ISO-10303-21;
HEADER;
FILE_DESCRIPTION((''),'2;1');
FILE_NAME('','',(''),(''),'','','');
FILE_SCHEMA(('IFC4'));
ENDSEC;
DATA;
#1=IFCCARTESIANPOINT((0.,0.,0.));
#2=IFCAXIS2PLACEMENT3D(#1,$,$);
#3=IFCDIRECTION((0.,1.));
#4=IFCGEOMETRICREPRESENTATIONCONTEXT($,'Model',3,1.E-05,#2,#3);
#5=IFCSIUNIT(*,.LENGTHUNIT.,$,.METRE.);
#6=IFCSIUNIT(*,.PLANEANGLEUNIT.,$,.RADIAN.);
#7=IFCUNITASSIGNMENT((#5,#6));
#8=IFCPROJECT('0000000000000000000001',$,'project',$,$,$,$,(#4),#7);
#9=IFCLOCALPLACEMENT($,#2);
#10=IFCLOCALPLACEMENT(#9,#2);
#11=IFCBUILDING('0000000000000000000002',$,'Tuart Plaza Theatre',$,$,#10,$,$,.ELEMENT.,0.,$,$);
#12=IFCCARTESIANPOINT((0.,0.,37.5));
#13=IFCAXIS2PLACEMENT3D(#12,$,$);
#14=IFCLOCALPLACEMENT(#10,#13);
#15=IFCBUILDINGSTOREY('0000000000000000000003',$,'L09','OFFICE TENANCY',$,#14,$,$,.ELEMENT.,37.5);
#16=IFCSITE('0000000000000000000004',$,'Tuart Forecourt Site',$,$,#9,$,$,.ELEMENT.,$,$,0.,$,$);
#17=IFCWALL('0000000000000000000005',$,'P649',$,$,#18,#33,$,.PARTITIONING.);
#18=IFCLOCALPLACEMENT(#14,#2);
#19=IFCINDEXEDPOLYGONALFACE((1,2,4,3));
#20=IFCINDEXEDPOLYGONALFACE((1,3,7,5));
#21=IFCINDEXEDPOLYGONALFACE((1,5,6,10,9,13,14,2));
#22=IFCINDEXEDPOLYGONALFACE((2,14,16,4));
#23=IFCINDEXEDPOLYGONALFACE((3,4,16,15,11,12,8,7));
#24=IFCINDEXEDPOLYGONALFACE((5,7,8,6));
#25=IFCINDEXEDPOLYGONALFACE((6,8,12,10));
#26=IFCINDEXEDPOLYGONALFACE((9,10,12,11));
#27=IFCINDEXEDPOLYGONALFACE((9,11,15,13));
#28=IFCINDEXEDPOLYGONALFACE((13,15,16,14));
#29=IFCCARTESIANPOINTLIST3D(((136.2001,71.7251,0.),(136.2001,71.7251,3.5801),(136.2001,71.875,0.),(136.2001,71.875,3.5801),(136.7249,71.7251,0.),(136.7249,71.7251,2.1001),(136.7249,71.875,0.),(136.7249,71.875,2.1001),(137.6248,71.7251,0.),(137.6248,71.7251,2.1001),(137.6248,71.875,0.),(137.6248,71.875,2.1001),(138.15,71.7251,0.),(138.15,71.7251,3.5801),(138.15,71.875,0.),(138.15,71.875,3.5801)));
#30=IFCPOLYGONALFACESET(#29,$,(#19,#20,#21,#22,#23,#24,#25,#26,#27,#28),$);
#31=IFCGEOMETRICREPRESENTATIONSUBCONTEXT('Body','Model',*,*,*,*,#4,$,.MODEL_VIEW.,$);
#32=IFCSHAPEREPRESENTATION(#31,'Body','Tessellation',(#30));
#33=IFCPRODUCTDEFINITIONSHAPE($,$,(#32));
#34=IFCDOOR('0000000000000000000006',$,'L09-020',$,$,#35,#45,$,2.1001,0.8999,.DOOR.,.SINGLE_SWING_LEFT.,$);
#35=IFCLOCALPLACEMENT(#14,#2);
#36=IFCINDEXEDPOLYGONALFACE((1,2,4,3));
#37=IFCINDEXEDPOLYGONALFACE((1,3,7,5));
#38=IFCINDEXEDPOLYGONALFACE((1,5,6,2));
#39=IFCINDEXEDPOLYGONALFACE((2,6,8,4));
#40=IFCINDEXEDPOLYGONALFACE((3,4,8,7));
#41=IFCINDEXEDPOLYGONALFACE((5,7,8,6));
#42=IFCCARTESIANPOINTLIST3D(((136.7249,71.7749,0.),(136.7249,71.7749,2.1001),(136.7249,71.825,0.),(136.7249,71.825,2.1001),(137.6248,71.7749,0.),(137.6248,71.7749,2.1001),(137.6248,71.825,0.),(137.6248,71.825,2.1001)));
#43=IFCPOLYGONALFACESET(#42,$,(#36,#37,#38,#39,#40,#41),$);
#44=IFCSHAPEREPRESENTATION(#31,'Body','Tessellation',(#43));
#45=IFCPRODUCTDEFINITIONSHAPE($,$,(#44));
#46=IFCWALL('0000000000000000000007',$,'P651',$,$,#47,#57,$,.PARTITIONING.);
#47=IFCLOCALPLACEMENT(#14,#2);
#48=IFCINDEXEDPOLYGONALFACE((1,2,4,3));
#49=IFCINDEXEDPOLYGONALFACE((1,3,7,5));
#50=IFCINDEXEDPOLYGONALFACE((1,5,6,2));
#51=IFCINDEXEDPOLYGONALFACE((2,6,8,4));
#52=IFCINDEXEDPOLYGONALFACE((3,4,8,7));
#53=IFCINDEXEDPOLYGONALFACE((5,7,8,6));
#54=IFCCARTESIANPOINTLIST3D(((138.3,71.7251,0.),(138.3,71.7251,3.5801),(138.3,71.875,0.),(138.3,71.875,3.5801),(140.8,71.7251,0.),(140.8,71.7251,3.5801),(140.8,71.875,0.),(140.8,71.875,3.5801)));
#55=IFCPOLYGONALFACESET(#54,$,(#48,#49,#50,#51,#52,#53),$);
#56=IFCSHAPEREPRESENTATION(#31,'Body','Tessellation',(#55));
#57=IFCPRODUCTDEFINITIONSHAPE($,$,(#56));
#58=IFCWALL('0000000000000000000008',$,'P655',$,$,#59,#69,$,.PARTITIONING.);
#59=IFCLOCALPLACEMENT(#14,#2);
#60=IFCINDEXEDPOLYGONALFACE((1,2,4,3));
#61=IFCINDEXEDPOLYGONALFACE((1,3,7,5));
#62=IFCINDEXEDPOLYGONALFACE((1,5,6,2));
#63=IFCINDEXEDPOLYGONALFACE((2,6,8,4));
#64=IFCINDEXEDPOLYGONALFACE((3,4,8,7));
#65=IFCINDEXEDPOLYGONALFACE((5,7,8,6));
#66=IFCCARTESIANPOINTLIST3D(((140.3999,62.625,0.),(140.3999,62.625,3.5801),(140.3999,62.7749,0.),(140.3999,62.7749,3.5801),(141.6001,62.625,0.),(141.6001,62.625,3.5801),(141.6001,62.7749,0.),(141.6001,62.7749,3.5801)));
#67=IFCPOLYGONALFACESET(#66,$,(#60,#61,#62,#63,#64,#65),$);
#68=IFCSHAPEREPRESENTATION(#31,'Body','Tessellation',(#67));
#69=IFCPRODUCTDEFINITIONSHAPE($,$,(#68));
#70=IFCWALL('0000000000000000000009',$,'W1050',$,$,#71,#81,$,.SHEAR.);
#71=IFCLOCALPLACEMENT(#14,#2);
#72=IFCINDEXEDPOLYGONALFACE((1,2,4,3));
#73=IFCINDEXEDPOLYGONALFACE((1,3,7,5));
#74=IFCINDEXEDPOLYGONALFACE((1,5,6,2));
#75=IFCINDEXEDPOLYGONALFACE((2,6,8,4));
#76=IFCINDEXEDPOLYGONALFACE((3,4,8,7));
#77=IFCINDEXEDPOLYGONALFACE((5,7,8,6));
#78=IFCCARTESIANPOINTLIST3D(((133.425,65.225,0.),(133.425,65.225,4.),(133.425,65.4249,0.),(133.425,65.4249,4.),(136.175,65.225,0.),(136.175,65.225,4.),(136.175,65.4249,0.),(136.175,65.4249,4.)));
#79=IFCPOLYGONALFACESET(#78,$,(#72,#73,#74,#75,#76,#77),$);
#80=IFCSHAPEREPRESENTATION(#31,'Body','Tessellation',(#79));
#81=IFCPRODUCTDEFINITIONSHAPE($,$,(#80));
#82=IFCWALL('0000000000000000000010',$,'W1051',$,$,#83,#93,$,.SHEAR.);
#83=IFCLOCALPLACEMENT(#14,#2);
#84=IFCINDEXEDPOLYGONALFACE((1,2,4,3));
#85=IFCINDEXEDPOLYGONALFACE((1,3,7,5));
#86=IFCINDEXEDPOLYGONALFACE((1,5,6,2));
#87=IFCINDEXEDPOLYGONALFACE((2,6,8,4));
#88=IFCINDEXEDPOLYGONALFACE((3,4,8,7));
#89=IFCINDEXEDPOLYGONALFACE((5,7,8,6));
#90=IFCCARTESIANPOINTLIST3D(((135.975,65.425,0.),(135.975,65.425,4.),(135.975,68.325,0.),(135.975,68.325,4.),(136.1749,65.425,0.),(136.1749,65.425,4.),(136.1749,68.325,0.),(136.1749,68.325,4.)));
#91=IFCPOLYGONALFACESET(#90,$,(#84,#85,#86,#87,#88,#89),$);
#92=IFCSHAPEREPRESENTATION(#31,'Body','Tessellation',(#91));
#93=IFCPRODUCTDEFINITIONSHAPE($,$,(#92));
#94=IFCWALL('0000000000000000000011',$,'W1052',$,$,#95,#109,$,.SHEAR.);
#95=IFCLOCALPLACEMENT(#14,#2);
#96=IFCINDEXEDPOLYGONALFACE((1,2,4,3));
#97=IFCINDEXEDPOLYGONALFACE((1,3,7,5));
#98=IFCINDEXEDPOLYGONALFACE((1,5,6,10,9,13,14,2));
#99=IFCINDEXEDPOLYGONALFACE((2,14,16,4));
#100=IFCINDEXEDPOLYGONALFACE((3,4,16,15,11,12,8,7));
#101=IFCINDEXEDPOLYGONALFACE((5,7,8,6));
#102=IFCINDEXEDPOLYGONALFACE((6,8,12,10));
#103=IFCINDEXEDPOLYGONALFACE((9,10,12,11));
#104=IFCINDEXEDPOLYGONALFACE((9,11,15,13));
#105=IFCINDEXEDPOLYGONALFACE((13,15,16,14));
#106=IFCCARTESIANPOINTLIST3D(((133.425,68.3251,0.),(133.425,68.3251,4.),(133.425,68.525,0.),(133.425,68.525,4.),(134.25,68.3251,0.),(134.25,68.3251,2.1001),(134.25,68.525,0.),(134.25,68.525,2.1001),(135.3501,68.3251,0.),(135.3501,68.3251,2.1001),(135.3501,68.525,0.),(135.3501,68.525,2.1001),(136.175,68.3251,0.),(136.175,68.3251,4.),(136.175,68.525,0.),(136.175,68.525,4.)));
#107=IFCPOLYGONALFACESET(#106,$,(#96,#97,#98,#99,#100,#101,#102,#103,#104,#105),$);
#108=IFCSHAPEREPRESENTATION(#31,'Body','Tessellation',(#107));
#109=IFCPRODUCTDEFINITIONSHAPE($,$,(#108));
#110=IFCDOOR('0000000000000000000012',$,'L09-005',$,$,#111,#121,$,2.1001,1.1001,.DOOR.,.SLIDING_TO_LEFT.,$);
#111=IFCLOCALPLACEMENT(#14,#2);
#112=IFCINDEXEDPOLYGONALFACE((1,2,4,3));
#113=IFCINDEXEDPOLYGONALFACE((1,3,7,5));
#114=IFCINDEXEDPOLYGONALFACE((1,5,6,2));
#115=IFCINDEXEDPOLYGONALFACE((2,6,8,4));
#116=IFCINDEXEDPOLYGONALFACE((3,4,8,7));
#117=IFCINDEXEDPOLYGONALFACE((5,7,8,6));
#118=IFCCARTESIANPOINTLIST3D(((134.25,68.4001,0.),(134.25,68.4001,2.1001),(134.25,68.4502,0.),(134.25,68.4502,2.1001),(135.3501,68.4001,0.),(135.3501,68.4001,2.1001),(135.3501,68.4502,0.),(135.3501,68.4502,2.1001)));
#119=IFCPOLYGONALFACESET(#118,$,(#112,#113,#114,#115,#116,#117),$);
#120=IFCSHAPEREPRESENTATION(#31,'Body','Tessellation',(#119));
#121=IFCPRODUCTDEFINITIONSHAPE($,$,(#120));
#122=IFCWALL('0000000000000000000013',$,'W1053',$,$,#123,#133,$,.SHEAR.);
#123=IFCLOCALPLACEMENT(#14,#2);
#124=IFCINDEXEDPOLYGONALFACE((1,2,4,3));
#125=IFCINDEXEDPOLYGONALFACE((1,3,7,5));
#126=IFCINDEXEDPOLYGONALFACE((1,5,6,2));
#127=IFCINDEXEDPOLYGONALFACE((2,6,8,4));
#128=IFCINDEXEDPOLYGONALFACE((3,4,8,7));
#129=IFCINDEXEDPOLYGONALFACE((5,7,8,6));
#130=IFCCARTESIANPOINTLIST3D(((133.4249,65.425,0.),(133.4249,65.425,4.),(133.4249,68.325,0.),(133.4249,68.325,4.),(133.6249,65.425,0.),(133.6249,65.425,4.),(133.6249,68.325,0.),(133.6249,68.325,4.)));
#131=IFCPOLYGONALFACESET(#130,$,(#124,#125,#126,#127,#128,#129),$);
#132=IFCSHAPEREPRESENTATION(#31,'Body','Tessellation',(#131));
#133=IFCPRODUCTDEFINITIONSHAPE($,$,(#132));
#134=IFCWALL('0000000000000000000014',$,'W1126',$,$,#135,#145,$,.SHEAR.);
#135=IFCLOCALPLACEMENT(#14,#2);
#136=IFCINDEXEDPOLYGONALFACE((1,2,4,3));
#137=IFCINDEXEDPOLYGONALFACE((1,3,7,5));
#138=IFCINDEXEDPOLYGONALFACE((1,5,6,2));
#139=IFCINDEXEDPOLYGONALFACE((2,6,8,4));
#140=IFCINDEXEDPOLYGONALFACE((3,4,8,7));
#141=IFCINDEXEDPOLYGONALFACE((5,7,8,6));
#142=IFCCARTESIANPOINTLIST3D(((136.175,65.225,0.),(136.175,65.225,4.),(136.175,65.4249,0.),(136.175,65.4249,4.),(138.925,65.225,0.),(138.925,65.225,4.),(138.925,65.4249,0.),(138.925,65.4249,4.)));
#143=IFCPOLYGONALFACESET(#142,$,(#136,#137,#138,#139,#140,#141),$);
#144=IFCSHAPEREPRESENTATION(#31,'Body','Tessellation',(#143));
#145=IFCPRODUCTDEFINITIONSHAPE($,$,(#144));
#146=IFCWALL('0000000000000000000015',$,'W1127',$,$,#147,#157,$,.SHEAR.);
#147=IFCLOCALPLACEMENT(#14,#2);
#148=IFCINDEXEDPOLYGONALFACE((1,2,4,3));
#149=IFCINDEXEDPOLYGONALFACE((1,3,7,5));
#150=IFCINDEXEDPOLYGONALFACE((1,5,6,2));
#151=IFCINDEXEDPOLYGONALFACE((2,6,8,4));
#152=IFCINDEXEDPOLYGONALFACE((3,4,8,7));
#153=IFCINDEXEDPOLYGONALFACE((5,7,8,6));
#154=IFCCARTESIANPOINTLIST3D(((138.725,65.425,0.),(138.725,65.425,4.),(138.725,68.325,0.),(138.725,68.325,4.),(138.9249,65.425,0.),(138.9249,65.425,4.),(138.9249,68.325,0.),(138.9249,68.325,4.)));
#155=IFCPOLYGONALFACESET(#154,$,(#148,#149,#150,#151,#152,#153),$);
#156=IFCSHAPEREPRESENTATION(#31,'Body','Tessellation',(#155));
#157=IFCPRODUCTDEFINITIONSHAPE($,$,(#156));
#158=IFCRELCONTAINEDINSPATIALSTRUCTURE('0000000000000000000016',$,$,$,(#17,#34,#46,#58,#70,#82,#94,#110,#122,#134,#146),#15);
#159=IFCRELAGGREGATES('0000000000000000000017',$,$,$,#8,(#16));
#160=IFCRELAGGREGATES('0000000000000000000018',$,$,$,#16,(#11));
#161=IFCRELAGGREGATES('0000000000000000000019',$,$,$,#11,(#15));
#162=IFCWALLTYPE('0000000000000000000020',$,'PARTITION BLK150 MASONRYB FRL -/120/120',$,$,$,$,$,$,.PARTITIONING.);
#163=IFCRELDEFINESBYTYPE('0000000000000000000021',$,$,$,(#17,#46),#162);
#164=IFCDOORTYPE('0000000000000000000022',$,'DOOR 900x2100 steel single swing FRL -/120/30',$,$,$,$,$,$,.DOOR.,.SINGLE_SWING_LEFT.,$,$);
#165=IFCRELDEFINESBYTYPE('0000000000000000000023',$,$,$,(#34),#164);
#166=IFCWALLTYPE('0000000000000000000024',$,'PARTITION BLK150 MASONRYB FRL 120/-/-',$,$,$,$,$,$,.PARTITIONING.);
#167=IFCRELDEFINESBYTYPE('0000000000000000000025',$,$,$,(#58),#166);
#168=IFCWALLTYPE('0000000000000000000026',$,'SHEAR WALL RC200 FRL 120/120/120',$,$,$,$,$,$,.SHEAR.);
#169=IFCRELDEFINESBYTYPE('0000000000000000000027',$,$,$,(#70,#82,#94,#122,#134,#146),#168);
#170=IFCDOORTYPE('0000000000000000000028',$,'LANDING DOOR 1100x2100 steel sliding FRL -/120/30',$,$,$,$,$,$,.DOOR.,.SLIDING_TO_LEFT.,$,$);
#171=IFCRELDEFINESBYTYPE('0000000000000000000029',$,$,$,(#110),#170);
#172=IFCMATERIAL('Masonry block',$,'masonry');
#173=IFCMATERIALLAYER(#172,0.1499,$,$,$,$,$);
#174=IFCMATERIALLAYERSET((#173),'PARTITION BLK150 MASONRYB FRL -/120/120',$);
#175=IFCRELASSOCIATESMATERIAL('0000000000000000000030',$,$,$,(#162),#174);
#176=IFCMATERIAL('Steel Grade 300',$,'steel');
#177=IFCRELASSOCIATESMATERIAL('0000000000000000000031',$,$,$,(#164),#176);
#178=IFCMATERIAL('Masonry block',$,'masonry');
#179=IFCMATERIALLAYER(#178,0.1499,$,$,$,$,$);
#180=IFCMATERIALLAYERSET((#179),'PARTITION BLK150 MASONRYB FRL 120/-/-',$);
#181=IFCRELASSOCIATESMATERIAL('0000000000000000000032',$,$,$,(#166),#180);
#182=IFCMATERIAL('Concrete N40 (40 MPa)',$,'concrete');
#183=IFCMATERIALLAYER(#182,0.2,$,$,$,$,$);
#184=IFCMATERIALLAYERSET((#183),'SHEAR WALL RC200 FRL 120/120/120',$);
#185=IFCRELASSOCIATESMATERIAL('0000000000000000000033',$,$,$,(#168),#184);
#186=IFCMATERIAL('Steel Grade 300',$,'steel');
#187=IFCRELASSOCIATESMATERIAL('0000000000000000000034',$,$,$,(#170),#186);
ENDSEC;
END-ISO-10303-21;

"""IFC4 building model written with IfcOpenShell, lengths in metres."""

from ifc_helpers import new_model, si_unit, direction, frame, frame_2d, origin, place, context, subcontext, project, spatial, rectangle, extrude, material, layer, layer_set, type_object, element, fill, save


model = new_model("IFC4")

# Units and contexts
model_context = context("Model", 3, precision=1e-05, world=origin(), true_north=direction((0.0, 1.0)))
body_context = subcontext(model_context, "Body", "Model", "MODEL_VIEW")
ifc_project = project(units=[si_unit("LENGTHUNIT", "METRE"), si_unit("PLANEANGLEUNIT", "RADIAN")], contexts=[model_context])

# Site, building, storey
site_placement = place(None, origin())
site = spatial("IfcSite", under=ifc_project, at=site_placement, Name="Tuart Forecourt Site", CompositionType="ELEMENT", RefElevation=0.0)
building_placement = place(site_placement, origin())
building = spatial("IfcBuilding", under=site, at=building_placement, Name="Tuart Plaza Theatre", CompositionType="ELEMENT", ElevationOfRefHeight=0.0)
storey_placement = place(building_placement, frame((0.0, 0.0, 37.5)))
storey = spatial("IfcBuildingStorey", under=building, at=storey_placement, Name="L09", Description="OFFICE TENANCY", CompositionType="ELEMENT", Elevation=37.5)

# Shared definitions
ifc_material_1 = material(Name="Masonry block", Category="masonry")
ifc_layer_1 = layer(ifc_material_1, 0.1499)
ifc_layer_set_1 = layer_set([ifc_layer_1], Name="PARTITION BLK150 MASONRYB FRL -/120/120")
wall_type_1 = type_object("IfcWallType", Name="PARTITION BLK150 MASONRYB FRL -/120/120", PredefinedType="PARTITIONING", material=ifc_layer_set_1)

# Wall, opening, door
wall_1_placement = place(storey_placement, frame((136.2, 71.8, 0.0), z_axis=(0.0, 0.0, 1.0), x_axis=(1.0, 0.0, 0.0)))
wall_1 = element("IfcWall", 1, at=wall_1_placement, inside=storey, type_object=wall_type_1, Name="P649", PredefinedType="PARTITIONING", context=body_context, shape_type="SweptSolid", body=[
    extrude(rectangle(XDim=1.95, YDim=0.1499, at=frame_2d((0.9751, 0.0))), origin(), (0.0, 0.0, 1.0), 3.5801),
])
opening_1_placement = place(wall_1_placement, frame((0.5249, 0.0, 0.0)))
opening_1 = element("IfcOpeningElement", 2, at=opening_1_placement, cuts=wall_1, PredefinedType="OPENING", context=body_context, shape_type="SweptSolid", body=[
    extrude(rectangle(XDim=0.8999, YDim=2.1001, at=frame_2d((0.45, 1.05))), frame((0.0, 0.085, 0.0), z_axis=(0.0, -1.0, 0.0), x_axis=(1.0, 0.0, 0.0)), (0.0, 0.0, 1.0), 0.1699),
])
ifc_material_2 = material(Name="Steel Grade 300", Category="steel")
door_type_1 = type_object("IfcDoorType", Name="DOOR 900x2100 steel single swing FRL -/120/30", OperationType="SINGLE_SWING_LEFT", PredefinedType="DOOR", material=ifc_material_2)
door_1_placement = place(opening_1_placement, origin())
door_1 = element("IfcDoor", 3, at=door_1_placement, inside=storey, type_object=door_type_1, Name="L09-020", OperationType="SINGLE_SWING_LEFT", OverallHeight=2.1001, OverallWidth=0.8999, PredefinedType="DOOR", context=body_context, shape_type="SweptSolid", body=[
    extrude(rectangle(XDim=0.8999, YDim=2.1001, at=frame_2d((0.45, 1.05))), frame((0.0, 0.0249, 0.0), z_axis=(0.0, -1.0, 0.0), x_axis=(1.0, 0.0, 0.0)), (0.0, 0.0, 1.0), 0.05),
])
fill(opening_1, door_1)

# Walls
wall_2_placement = place(storey_placement, frame((138.3, 71.8, 0.0), z_axis=(0.0, 0.0, 1.0), x_axis=(1.0, 0.0, 0.0)))
element("IfcWall", 4, at=wall_2_placement, inside=storey, type_object=wall_type_1, Name="P651", PredefinedType="PARTITIONING", context=body_context, shape_type="SweptSolid", body=[
    extrude(rectangle(XDim=2.5, YDim=0.1499, at=frame_2d((1.25, 0.0))), origin(), (0.0, 0.0, 1.0), 3.5801),
])
ifc_material_3 = material(Name="Masonry block", Category="masonry")
ifc_layer_2 = layer(ifc_material_3, 0.1499)
ifc_layer_set_2 = layer_set([ifc_layer_2], Name="PARTITION BLK150 MASONRYB FRL 120/-/-")
wall_type_2 = type_object("IfcWallType", Name="PARTITION BLK150 MASONRYB FRL 120/-/-", PredefinedType="PARTITIONING", material=ifc_layer_set_2)
wall_3_placement = place(storey_placement, frame((141.6001, 62.7, 0.0), z_axis=(0.0, 0.0, 1.0), x_axis=(-1.0, 0.0, 0.0)))
element("IfcWall", 5, at=wall_3_placement, inside=storey, type_object=wall_type_2, Name="P655", PredefinedType="PARTITIONING", context=body_context, shape_type="SweptSolid", body=[
    extrude(rectangle(XDim=1.2002, YDim=0.1499, at=frame_2d((0.6001, 0.0))), origin(), (0.0, 0.0, 1.0), 3.5801),
])
ifc_material_4 = material(Name="Concrete N40 (40 MPa)", Category="concrete")
ifc_layer_3 = layer(ifc_material_4, 0.2)
ifc_layer_set_3 = layer_set([ifc_layer_3], Name="SHEAR WALL RC200 FRL 120/120/120")
wall_type_3 = type_object("IfcWallType", Name="SHEAR WALL RC200 FRL 120/120/120", PredefinedType="SHEAR", material=ifc_layer_set_3)
wall_4_placement = place(storey_placement, frame((133.425, 65.325, 0.0), z_axis=(0.0, 0.0, 1.0), x_axis=(1.0, 0.0, 0.0)))
element("IfcWall", 6, at=wall_4_placement, inside=storey, type_object=wall_type_3, Name="W1050", PredefinedType="SHEAR", context=body_context, shape_type="SweptSolid", body=[
    extrude(rectangle(XDim=2.75, YDim=0.2, at=frame_2d((1.375, 0.0))), origin(), (0.0, 0.0, 1.0), 4.0),
])
wall_5_placement = place(storey_placement, frame((136.075, 65.425, 0.0), z_axis=(0.0, 0.0, 1.0), x_axis=(0.0, 1.0, 0.0)))
element("IfcWall", 7, at=wall_5_placement, inside=storey, type_object=wall_type_3, Name="W1051", PredefinedType="SHEAR", context=body_context, shape_type="SweptSolid", body=[
    extrude(rectangle(XDim=2.8999, YDim=0.2, at=frame_2d((1.45, 0.0))), origin(), (0.0, 0.0, 1.0), 4.0),
])

# Wall, opening, door
wall_6_placement = place(storey_placement, frame((136.175, 68.425, 0.0), z_axis=(0.0, 0.0, 1.0), x_axis=(-1.0, 0.0, 0.0)))
wall_6 = element("IfcWall", 8, at=wall_6_placement, inside=storey, type_object=wall_type_3, Name="W1052", PredefinedType="SHEAR", context=body_context, shape_type="SweptSolid", body=[
    extrude(rectangle(XDim=2.75, YDim=0.2, at=frame_2d((1.375, 0.0))), origin(), (0.0, 0.0, 1.0), 4.0),
])
opening_2_placement = place(wall_6_placement, frame((0.825, 0.0, 0.0)))
opening_2 = element("IfcOpeningElement", 9, at=opening_2_placement, cuts=wall_6, PredefinedType="OPENING", context=body_context, shape_type="SweptSolid", body=[
    extrude(rectangle(XDim=1.1001, YDim=2.1001, at=frame_2d((0.55, 1.05))), frame((0.0, 0.1099, 0.0), z_axis=(0.0, -1.0, 0.0), x_axis=(1.0, 0.0, 0.0)), (0.0, 0.0, 1.0), 0.22),
])
ifc_material_5 = material(Name="Steel Grade 300", Category="steel")
door_type_2 = type_object("IfcDoorType", Name="LANDING DOOR 1100x2100 steel sliding FRL -/120/30", OperationType="SLIDING_TO_LEFT", PredefinedType="DOOR", material=ifc_material_5)
door_2_placement = place(opening_2_placement, origin())
door_2 = element("IfcDoor", 10, at=door_2_placement, inside=storey, type_object=door_type_2, Name="L09-005", OperationType="SLIDING_TO_LEFT", OverallHeight=2.1001, OverallWidth=1.1001, PredefinedType="DOOR", context=body_context, shape_type="SweptSolid", body=[
    extrude(rectangle(XDim=1.1001, YDim=2.1001, at=frame_2d((0.55, 1.05))), frame((0.0, 0.0249, 0.0), z_axis=(0.0, -1.0, 0.0), x_axis=(1.0, 0.0, 0.0)), (0.0, 0.0, 1.0), 0.05),
])
fill(opening_2, door_2)

# Walls
wall_7_placement = place(storey_placement, frame((133.5249, 68.325, 0.0), z_axis=(0.0, 0.0, 1.0), x_axis=(0.0, -1.0, 0.0)))
element("IfcWall", 11, at=wall_7_placement, inside=storey, type_object=wall_type_3, Name="W1053", PredefinedType="SHEAR", context=body_context, shape_type="SweptSolid", body=[
    extrude(rectangle(XDim=2.8999, YDim=0.2, at=frame_2d((1.45, 0.0))), origin(), (0.0, 0.0, 1.0), 4.0),
])
wall_8_placement = place(storey_placement, frame((136.175, 65.325, 0.0), z_axis=(0.0, 0.0, 1.0), x_axis=(1.0, 0.0, 0.0)))
element("IfcWall", 12, at=wall_8_placement, inside=storey, type_object=wall_type_3, Name="W1126", PredefinedType="SHEAR", context=body_context, shape_type="SweptSolid", body=[
    extrude(rectangle(XDim=2.75, YDim=0.2, at=frame_2d((1.375, 0.0))), origin(), (0.0, 0.0, 1.0), 4.0),
])
wall_9_placement = place(storey_placement, frame((138.825, 65.425, 0.0), z_axis=(0.0, 0.0, 1.0), x_axis=(0.0, 1.0, 0.0)))
element("IfcWall", 13, at=wall_9_placement, inside=storey, type_object=wall_type_3, Name="W1127", PredefinedType="SHEAR", context=body_context, shape_type="SweptSolid", body=[
    extrude(rectangle(XDim=2.8999, YDim=0.2, at=frame_2d((1.45, 0.0))), origin(), (0.0, 0.0, 1.0), 4.0),
])

save(model, "model.ifc")
